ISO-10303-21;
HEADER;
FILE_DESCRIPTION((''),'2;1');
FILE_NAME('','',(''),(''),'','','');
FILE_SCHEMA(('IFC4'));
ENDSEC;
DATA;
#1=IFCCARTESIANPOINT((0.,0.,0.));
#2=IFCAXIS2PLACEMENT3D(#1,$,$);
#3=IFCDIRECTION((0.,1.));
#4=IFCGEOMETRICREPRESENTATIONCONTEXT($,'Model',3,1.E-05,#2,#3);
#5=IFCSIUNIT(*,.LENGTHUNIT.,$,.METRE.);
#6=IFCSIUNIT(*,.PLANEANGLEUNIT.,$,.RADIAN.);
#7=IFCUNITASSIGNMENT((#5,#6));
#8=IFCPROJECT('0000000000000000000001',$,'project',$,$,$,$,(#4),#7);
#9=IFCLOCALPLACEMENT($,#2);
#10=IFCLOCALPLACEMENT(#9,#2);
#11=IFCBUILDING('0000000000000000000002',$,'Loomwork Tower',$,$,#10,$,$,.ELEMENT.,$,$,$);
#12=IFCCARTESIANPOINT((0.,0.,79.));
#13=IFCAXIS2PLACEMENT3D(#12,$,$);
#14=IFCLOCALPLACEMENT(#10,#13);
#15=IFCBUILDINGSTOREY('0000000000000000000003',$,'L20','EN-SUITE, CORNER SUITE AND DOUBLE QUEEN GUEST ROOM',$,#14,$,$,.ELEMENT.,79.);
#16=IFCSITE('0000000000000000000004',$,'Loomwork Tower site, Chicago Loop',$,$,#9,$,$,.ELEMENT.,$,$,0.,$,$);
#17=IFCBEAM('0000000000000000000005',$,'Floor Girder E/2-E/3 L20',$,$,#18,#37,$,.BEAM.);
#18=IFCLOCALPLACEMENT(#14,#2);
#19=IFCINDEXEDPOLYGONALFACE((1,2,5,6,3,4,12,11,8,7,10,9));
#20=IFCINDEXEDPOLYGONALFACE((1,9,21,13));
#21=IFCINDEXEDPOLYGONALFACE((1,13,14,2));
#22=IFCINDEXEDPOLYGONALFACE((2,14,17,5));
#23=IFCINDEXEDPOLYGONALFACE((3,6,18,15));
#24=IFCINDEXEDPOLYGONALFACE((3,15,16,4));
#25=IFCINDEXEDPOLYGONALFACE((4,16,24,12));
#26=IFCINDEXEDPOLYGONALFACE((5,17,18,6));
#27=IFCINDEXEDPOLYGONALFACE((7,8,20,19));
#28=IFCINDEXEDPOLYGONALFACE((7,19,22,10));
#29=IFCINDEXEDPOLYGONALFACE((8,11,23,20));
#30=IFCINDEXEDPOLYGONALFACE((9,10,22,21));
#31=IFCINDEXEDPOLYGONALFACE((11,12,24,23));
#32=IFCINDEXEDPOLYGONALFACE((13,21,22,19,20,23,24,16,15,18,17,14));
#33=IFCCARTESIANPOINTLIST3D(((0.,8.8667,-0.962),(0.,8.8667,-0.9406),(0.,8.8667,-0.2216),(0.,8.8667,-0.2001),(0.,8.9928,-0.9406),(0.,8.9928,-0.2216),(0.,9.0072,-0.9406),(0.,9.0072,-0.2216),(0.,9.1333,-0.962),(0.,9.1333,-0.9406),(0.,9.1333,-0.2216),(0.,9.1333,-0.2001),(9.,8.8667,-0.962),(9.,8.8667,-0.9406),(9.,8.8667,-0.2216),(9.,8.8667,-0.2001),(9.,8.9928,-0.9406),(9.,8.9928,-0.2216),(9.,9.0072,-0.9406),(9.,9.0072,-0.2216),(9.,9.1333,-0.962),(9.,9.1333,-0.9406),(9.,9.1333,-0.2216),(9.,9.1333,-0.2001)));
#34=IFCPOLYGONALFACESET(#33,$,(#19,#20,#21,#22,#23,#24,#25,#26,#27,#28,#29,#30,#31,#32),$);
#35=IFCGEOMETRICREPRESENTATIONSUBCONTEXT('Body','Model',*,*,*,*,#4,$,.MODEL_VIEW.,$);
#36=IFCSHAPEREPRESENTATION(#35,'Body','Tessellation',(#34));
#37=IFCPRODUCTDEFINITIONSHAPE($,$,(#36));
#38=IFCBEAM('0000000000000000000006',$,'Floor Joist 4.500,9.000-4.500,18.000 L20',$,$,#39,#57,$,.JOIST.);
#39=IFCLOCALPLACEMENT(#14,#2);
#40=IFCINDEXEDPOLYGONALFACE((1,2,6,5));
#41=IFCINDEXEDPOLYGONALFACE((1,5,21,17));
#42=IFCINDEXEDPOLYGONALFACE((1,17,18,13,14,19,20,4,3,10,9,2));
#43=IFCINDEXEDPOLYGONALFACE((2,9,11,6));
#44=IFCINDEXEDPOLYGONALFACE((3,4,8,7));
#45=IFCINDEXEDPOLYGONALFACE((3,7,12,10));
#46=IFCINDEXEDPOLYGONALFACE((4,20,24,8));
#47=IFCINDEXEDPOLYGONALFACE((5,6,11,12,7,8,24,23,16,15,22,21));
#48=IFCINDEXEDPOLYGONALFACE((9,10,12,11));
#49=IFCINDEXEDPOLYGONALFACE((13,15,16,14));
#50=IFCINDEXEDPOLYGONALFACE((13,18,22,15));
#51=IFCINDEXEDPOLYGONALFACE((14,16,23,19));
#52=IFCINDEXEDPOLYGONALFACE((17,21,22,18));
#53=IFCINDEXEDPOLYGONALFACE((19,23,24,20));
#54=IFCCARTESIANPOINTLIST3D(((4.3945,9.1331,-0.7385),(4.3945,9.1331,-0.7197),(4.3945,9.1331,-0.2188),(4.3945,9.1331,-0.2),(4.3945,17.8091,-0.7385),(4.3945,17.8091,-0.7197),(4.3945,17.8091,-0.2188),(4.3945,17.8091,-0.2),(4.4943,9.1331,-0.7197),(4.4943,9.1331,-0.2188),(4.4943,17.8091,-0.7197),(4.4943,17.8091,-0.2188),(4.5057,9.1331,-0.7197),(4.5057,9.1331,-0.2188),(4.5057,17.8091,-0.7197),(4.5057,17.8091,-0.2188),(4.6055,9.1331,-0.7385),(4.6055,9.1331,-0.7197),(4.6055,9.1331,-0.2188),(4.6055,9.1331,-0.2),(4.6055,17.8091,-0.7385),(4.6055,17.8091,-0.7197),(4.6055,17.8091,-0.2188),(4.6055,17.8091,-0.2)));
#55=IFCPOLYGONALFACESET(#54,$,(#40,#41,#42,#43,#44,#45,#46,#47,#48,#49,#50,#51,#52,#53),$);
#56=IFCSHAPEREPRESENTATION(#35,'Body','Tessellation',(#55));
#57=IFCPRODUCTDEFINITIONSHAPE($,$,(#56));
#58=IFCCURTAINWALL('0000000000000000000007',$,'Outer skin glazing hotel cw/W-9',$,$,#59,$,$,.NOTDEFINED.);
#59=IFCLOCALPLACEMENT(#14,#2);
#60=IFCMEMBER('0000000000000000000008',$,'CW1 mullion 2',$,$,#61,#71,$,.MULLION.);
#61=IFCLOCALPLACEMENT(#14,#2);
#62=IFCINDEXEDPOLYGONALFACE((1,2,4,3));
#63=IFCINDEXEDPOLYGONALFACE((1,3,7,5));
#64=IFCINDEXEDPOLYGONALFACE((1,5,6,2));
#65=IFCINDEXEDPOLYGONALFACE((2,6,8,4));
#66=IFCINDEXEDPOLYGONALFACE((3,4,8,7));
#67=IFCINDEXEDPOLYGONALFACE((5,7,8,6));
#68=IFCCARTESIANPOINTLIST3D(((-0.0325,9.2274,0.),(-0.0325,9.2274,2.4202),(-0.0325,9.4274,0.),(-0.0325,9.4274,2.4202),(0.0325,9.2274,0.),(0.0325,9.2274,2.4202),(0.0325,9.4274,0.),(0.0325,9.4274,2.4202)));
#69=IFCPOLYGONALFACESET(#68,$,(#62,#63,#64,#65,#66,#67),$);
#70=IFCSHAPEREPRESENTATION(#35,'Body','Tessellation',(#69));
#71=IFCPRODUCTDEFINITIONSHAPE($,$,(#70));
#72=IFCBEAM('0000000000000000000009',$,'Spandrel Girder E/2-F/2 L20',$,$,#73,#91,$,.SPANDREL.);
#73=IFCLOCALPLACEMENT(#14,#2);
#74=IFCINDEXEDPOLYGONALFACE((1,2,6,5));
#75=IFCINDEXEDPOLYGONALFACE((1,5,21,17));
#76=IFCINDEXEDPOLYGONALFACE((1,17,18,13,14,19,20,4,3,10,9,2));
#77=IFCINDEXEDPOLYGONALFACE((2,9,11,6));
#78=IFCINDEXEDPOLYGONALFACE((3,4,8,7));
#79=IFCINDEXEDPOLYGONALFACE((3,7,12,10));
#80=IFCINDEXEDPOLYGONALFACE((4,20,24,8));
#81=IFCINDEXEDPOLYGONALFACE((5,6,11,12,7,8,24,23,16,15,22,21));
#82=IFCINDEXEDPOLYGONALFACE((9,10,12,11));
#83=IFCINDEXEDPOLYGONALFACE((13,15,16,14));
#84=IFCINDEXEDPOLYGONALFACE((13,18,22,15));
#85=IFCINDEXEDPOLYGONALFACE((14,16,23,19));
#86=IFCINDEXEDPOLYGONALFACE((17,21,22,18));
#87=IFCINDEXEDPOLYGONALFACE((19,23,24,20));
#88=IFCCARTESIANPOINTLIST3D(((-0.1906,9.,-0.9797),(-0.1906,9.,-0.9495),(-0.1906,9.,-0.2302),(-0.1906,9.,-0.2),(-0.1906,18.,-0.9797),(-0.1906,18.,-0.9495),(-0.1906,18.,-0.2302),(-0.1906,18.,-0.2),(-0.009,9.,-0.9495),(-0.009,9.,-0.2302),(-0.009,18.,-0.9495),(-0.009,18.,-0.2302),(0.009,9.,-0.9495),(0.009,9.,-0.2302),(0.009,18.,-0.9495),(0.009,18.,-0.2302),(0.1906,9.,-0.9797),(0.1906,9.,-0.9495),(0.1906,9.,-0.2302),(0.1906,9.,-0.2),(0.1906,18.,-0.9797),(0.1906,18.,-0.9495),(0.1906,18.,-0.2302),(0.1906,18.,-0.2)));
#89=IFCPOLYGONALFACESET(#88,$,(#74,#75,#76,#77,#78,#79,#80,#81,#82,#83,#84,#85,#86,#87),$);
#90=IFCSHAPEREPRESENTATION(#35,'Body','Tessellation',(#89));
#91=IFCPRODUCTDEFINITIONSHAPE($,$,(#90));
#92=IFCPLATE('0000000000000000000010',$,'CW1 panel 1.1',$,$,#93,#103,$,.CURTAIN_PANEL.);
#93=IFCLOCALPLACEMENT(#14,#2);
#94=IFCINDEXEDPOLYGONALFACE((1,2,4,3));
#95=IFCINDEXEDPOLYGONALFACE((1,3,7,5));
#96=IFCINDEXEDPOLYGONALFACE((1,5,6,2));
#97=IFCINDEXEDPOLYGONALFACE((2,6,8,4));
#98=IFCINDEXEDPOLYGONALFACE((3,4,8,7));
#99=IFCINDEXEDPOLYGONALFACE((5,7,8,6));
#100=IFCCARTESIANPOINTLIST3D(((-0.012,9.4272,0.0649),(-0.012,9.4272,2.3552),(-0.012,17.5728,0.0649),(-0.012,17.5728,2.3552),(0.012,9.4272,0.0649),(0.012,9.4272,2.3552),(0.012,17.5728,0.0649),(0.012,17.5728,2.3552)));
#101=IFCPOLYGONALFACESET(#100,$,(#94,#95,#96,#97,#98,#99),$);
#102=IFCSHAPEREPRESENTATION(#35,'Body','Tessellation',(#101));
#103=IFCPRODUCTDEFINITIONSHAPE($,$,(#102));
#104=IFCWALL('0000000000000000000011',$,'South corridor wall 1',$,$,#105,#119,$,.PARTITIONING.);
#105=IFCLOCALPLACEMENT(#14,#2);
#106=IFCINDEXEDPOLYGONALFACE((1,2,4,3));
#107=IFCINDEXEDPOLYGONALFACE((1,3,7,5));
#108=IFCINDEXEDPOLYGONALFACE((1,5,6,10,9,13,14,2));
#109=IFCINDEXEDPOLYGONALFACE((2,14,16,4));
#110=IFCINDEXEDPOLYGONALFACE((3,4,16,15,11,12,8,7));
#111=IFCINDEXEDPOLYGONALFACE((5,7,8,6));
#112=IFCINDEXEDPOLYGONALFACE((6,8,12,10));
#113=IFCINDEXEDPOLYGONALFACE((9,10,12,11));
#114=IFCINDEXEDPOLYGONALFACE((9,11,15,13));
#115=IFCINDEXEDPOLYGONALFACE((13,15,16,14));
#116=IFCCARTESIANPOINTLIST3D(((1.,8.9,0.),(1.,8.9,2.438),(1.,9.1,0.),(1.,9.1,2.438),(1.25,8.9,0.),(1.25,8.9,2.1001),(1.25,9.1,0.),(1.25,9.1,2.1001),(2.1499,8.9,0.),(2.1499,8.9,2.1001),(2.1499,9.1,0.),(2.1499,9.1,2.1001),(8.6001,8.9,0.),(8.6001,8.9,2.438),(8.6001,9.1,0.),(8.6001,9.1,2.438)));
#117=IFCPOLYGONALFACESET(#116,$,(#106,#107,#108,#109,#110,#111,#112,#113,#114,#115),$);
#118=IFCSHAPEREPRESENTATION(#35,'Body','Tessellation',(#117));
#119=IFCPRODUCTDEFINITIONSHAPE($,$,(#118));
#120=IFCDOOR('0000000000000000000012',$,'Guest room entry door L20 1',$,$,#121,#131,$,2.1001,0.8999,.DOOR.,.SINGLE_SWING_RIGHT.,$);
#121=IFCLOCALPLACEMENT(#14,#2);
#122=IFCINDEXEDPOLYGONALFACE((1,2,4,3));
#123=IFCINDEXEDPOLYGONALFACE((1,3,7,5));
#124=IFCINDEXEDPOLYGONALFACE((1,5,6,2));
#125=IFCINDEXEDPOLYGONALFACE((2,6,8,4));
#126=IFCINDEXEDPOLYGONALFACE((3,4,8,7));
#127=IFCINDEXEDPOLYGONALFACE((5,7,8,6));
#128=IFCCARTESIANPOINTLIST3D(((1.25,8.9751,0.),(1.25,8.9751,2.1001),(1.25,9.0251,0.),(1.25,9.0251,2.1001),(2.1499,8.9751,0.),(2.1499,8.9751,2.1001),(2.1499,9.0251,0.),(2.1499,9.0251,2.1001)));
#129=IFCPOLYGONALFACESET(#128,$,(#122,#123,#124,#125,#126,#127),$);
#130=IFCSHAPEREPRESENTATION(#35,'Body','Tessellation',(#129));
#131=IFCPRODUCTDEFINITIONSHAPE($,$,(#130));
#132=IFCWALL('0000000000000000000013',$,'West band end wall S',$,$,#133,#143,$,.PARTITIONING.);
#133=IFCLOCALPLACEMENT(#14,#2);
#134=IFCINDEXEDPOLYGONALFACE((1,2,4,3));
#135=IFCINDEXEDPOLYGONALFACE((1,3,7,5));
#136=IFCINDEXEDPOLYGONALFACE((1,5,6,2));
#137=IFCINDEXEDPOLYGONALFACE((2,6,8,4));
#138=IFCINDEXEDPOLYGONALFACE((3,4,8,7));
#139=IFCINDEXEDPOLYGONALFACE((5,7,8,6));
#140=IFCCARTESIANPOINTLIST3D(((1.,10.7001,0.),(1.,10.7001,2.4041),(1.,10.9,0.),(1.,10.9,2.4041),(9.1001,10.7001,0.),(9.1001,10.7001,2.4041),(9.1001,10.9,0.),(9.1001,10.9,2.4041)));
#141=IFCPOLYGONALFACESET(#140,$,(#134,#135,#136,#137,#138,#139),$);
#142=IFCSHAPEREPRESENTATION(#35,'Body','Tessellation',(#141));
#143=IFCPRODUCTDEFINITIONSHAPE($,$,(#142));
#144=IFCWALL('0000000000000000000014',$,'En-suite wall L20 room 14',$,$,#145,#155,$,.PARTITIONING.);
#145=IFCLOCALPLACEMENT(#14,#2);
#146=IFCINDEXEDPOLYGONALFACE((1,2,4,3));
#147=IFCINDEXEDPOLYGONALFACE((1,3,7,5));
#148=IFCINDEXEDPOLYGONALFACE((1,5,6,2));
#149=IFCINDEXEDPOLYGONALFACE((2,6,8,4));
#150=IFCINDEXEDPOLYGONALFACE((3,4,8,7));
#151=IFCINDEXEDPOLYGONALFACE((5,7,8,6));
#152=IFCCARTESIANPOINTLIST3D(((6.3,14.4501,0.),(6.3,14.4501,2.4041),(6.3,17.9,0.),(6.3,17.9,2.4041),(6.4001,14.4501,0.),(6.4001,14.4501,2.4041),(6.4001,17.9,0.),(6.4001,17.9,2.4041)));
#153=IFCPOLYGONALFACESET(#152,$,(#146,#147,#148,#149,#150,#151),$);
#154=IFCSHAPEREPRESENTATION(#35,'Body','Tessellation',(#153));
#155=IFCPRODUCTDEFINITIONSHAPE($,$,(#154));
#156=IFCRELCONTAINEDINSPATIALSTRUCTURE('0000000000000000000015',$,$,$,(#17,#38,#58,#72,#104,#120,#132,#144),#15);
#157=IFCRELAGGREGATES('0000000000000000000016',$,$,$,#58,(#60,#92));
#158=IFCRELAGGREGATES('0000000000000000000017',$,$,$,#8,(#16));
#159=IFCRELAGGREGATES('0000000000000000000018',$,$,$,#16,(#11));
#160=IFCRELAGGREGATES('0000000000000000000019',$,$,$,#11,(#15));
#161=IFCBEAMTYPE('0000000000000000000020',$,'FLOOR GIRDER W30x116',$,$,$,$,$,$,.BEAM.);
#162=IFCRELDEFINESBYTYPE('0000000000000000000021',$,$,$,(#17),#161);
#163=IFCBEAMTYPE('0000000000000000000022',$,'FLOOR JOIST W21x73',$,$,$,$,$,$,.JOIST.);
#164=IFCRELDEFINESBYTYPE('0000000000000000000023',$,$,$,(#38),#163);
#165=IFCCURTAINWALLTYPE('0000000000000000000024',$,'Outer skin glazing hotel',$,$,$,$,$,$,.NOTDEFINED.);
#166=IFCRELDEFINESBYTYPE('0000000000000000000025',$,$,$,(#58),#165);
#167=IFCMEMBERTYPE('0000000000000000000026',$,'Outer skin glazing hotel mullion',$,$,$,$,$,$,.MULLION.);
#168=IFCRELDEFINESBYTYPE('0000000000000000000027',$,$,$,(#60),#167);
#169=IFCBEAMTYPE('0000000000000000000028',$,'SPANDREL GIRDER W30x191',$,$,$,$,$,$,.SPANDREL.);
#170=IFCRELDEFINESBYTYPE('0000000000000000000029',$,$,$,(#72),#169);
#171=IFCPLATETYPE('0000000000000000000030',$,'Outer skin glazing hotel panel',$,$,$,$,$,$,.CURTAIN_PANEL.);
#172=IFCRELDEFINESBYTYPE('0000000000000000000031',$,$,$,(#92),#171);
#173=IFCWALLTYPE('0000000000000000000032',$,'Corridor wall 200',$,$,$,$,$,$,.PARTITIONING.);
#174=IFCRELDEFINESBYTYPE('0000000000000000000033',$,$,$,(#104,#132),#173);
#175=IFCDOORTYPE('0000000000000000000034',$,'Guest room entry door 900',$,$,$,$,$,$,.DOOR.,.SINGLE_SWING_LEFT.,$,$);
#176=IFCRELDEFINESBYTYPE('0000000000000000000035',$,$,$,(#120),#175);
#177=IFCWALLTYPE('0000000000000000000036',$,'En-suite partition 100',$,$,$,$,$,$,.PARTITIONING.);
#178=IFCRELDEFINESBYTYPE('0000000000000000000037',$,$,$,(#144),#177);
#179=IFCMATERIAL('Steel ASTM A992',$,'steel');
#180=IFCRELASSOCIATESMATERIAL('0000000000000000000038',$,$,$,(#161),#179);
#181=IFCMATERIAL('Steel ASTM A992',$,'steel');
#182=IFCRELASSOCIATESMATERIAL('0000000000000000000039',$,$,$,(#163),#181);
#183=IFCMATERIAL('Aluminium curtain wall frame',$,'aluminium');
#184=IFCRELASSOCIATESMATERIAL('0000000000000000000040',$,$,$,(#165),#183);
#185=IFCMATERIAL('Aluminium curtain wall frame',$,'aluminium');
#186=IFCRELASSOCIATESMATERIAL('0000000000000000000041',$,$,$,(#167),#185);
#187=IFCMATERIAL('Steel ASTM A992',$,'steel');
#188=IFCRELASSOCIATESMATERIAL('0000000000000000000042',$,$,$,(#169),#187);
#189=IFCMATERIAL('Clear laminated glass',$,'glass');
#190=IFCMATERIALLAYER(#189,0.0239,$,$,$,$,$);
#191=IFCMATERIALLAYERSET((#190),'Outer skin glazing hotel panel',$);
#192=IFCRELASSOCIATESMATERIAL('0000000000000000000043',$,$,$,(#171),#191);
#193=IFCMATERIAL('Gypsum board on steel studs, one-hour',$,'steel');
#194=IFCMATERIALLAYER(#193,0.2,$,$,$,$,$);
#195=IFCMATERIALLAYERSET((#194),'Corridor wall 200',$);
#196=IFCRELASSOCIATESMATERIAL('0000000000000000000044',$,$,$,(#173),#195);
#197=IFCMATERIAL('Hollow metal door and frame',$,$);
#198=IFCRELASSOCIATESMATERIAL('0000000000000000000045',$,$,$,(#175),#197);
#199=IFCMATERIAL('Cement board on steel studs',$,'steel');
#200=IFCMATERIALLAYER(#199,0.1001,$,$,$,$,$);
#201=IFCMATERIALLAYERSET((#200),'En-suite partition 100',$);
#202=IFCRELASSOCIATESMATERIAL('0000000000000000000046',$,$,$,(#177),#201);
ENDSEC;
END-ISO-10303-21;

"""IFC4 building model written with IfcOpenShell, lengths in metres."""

from ifc_helpers import new_model, si_unit, direction, frame, frame_2d, origin, origin_2d, place, context, subcontext, project, spatial, rectangle, i_section, extrude, material, layer, layer_set, material_profile, profile_set, type_object, element, fill, aggregate, save


model = new_model("IFC4")

# Units and contexts
model_context = context("Model", 3, precision=1e-05, world=origin(), true_north=direction((0.0, 1.0)))
body_context = subcontext(model_context, "Body", "Model", "MODEL_VIEW")
ifc_project = project(units=[si_unit("LENGTHUNIT", "METRE"), si_unit("PLANEANGLEUNIT", "RADIAN")], contexts=[model_context])

# Site, building, storey
site_placement = place(None, origin())
site = spatial("IfcSite", under=ifc_project, at=site_placement, Name="Loomwork Tower site, Chicago Loop", CompositionType="ELEMENT", RefElevation=0.0)
building_placement = place(site_placement, origin())
building = spatial("IfcBuilding", under=site, at=building_placement, Name="Loomwork Tower", CompositionType="ELEMENT")
storey_placement = place(building_placement, frame((0.0, 0.0, 79.0)))
storey = spatial("IfcBuildingStorey", under=building, at=storey_placement, Name="L20", Description="EN-SUITE, CORNER SUITE AND DOUBLE QUEEN GUEST ROOM", CompositionType="ELEMENT", Elevation=79.0)

# Beams
ifc_material_1 = material(Name="Steel ASTM A992", Category="steel")
ifc_material_profile_1 = material_profile(ifc_material_1, i_section(OverallWidth=0.2666, OverallDepth=0.762, WebThickness=0.0144, FlangeThickness=0.0215, at=origin_2d()), Name="W30x116")
ifc_profile_set_1 = profile_set([ifc_material_profile_1], Name="Steel ASTM A992")
beam_type_1 = type_object("IfcBeamType", Name="FLOOR GIRDER W30x116", PredefinedType="BEAM", material=ifc_profile_set_1)
beam_1_placement = place(storey_placement, frame((0.0, 9.0, -0.5811), z_axis=(1.0, 0.0, 0.0), x_axis=(0.0, 1.0, 0.0)))
element("IfcBeam", 1, at=beam_1_placement, inside=storey, type_object=beam_type_1, Name="Floor Girder E/2-E/3 L20", PredefinedType="BEAM", context=body_context, shape_type="SweptSolid", body=[
    extrude(i_section(OverallWidth=0.2666, OverallDepth=0.762, WebThickness=0.0144, FlangeThickness=0.0215, at=origin_2d()), origin(), (0.0, 0.0, 1.0), 9.0),
])
ifc_material_2 = material(Name="Steel ASTM A992", Category="steel")
ifc_material_profile_2 = material_profile(ifc_material_2, i_section(OverallWidth=0.2109, OverallDepth=0.5386, WebThickness=0.0115, FlangeThickness=0.0188, at=origin_2d()), Name="W21x73")
ifc_profile_set_2 = profile_set([ifc_material_profile_2], Name="Steel ASTM A992")
beam_type_2 = type_object("IfcBeamType", Name="FLOOR JOIST W21x73", PredefinedType="JOIST", material=ifc_profile_set_2)
beam_2_placement = place(storey_placement, frame((4.5, 9.1331, -0.4692), z_axis=(0.0, 1.0, 0.0), x_axis=(-1.0, 0.0, 0.0)))
element("IfcBeam", 2, at=beam_2_placement, inside=storey, type_object=beam_type_2, Name="Floor Joist 4.500,9.000-4.500,18.000 L20", PredefinedType="JOIST", context=body_context, shape_type="SweptSolid", body=[
    extrude(i_section(OverallWidth=0.2109, OverallDepth=0.5386, WebThickness=0.0115, FlangeThickness=0.0188, at=origin_2d()), origin(), (0.0, 0.0, 1.0), 8.676),
])

# Curtain wall, member
ifc_material_3 = material(Name="Aluminium curtain wall frame", Category="aluminium")
curtain_wall_type = type_object("IfcCurtainWallType", Name="Outer skin glazing hotel", PredefinedType="NOTDEFINED", material=ifc_material_3)
curtain_wall_placement = place(storey_placement, origin())
curtain_wall = element("IfcCurtainWall", 3, at=curtain_wall_placement, inside=storey, type_object=curtain_wall_type, Name="Outer skin glazing hotel cw/W-9", PredefinedType="NOTDEFINED")
ifc_material_4 = material(Name="Aluminium curtain wall frame", Category="aluminium")
ifc_material_profile_3 = material_profile(ifc_material_4, rectangle(XDim=0.0649, YDim=0.2, at=origin_2d()), Name="AL 65x200")
ifc_profile_set_3 = profile_set([ifc_material_profile_3], Name="Aluminium curtain wall frame")
member_type = type_object("IfcMemberType", Name="Outer skin glazing hotel mullion", PredefinedType="MULLION", material=ifc_profile_set_3)
member_placement = place(storey_placement, frame((0.0, 9.3274, 0.0), z_axis=(0.0, 0.0, 1.0), x_axis=(1.0, 0.0, 0.0)))
member = element("IfcMember", 4, at=member_placement, type_object=member_type, Name="CW1 mullion 2", PredefinedType="MULLION", context=body_context, shape_type="SweptSolid", body=[
    extrude(rectangle(XDim=0.0649, YDim=0.2, at=origin_2d()), origin(), (0.0, 0.0, 1.0), 2.4202),
])

# Beam
ifc_material_5 = material(Name="Steel ASTM A992", Category="steel")
ifc_material_profile_4 = material_profile(ifc_material_5, i_section(OverallWidth=0.3811, OverallDepth=0.7798, WebThickness=0.0181, FlangeThickness=0.0303, at=origin_2d()), Name="W30x191")
ifc_profile_set_4 = profile_set([ifc_material_profile_4], Name="Steel ASTM A992")
beam_type_3 = type_object("IfcBeamType", Name="SPANDREL GIRDER W30x191", PredefinedType="SPANDREL", material=ifc_profile_set_4)
beam_3_placement = place(storey_placement, frame((0.0, 9.0, -0.5898), z_axis=(0.0, 1.0, 0.0), x_axis=(-1.0, 0.0, 0.0)))
element("IfcBeam", 5, at=beam_3_placement, inside=storey, type_object=beam_type_3, Name="Spandrel Girder E/2-F/2 L20", PredefinedType="SPANDREL", context=body_context, shape_type="SweptSolid", body=[
    extrude(i_section(OverallWidth=0.3811, OverallDepth=0.7798, WebThickness=0.0181, FlangeThickness=0.0303, at=origin_2d()), origin(), (0.0, 0.0, 1.0), 9.0),
])

# Plate
ifc_material_6 = material(Name="Clear laminated glass", Category="glass")
ifc_layer_1 = layer(ifc_material_6, 0.0239)
ifc_layer_set_1 = layer_set([ifc_layer_1], Name="Outer skin glazing hotel panel")
plate_type = type_object("IfcPlateType", Name="Outer skin glazing hotel panel", PredefinedType="CURTAIN_PANEL", material=ifc_layer_set_1)
plate_placement = place(storey_placement, frame((0.0, 13.5, 0.0649), z_axis=(0.0, 0.0, 1.0), x_axis=(0.0, -1.0, 0.0)))
plate = element("IfcPlate", 6, at=plate_placement, type_object=plate_type, Name="CW1 panel 1.1", PredefinedType="CURTAIN_PANEL", context=body_context, shape_type="SweptSolid", body=[
    extrude(rectangle(XDim=8.1455, YDim=0.0239, at=origin_2d()), origin(), (0.0, 0.0, 1.0), 2.2903),
])
aggregate(curtain_wall, [member, plate])

# Wall, opening, door
ifc_material_7 = material(Name="Gypsum board on steel studs, one-hour", Category="steel")
ifc_layer_2 = layer(ifc_material_7, 0.2)
ifc_layer_set_2 = layer_set([ifc_layer_2], Name="Corridor wall 200")
wall_type_1 = type_object("IfcWallType", Name="Corridor wall 200", PredefinedType="PARTITIONING", material=ifc_layer_set_2)
wall_1_placement = place(storey_placement, frame((1.0, 9.0, 0.0), z_axis=(0.0, 0.0, 1.0), x_axis=(1.0, 0.0, 0.0)))
wall_1 = element("IfcWall", 7, at=wall_1_placement, inside=storey, type_object=wall_type_1, Name="South corridor wall 1", PredefinedType="PARTITIONING", context=body_context, shape_type="SweptSolid", body=[
    extrude(rectangle(XDim=7.6001, YDim=0.2, at=frame_2d((3.8, 0.0))), origin(), (0.0, 0.0, 1.0), 2.438),
])
opening_1_placement = place(wall_1_placement, frame((0.25, 0.0, 0.0)))
opening_1 = element("IfcOpeningElement", 8, at=opening_1_placement, cuts=wall_1, PredefinedType="OPENING", context=body_context, shape_type="SweptSolid", body=[
    extrude(rectangle(XDim=0.8999, YDim=2.1001, at=frame_2d((0.45, 1.05))), frame((0.0, 0.1099, 0.0), z_axis=(0.0, -1.0, 0.0), x_axis=(1.0, 0.0, 0.0)), (0.0, 0.0, 1.0), 0.22),
])
ifc_material_8 = material(Name="Hollow metal door and frame")
door_type_1 = type_object("IfcDoorType", Name="Guest room entry door 900", OperationType="SINGLE_SWING_LEFT", PredefinedType="DOOR", material=ifc_material_8)
door_1_placement = place(opening_1_placement, frame((0.8999, 0.0, 0.0), z_axis=(0.0, 0.0, 1.0), x_axis=(-1.0, 0.0, 0.0)))
door_1 = element("IfcDoor", 9, at=door_1_placement, inside=storey, type_object=door_type_1, Name="Guest room entry door L20 1", OperationType="SINGLE_SWING_RIGHT", OverallHeight=2.1001, OverallWidth=0.8999, PredefinedType="DOOR", context=body_context, shape_type="SweptSolid", body=[
    extrude(rectangle(XDim=0.8999, YDim=2.1001, at=frame_2d((0.45, 1.05))), frame((0.0, 0.0249, 0.0), z_axis=(0.0, -1.0, 0.0), x_axis=(1.0, 0.0, 0.0)), (0.0, 0.0, 1.0), 0.05),
])
fill(opening_1, door_1)

# Walls
wall_2_placement = place(storey_placement, frame((1.0, 10.8, 0.0), z_axis=(0.0, 0.0, 1.0), x_axis=(1.0, 0.0, 0.0)))
element("IfcWall", 10, at=wall_2_placement, inside=storey, type_object=wall_type_1, Name="West band end wall S", PredefinedType="PARTITIONING", context=body_context, shape_type="SweptSolid", body=[
    extrude(rectangle(XDim=8.1001, YDim=0.2, at=frame_2d((4.05, 0.0))), origin(), (0.0, 0.0, 1.0), 2.4041),
])
ifc_material_9 = material(Name="Cement board on steel studs", Category="steel")
ifc_layer_3 = layer(ifc_material_9, 0.1001)
ifc_layer_set_3 = layer_set([ifc_layer_3], Name="En-suite partition 100")
wall_type_2 = type_object("IfcWallType", Name="En-suite partition 100", PredefinedType="PARTITIONING", material=ifc_layer_set_3)
wall_3_placement = place(storey_placement, frame((6.3501, 14.45, 0.0), z_axis=(0.0, 0.0, 1.0), x_axis=(0.0, 1.0, 0.0)))
element("IfcWall", 11, at=wall_3_placement, inside=storey, type_object=wall_type_2, Name="En-suite wall L20 room 14", PredefinedType="PARTITIONING", context=body_context, shape_type="SweptSolid", body=[
    extrude(rectangle(XDim=3.45, YDim=0.1001, at=frame_2d((1.7251, 0.0))), origin(), (0.0, 0.0, 1.0), 2.4041),
])

save(model, "model.ifc")
